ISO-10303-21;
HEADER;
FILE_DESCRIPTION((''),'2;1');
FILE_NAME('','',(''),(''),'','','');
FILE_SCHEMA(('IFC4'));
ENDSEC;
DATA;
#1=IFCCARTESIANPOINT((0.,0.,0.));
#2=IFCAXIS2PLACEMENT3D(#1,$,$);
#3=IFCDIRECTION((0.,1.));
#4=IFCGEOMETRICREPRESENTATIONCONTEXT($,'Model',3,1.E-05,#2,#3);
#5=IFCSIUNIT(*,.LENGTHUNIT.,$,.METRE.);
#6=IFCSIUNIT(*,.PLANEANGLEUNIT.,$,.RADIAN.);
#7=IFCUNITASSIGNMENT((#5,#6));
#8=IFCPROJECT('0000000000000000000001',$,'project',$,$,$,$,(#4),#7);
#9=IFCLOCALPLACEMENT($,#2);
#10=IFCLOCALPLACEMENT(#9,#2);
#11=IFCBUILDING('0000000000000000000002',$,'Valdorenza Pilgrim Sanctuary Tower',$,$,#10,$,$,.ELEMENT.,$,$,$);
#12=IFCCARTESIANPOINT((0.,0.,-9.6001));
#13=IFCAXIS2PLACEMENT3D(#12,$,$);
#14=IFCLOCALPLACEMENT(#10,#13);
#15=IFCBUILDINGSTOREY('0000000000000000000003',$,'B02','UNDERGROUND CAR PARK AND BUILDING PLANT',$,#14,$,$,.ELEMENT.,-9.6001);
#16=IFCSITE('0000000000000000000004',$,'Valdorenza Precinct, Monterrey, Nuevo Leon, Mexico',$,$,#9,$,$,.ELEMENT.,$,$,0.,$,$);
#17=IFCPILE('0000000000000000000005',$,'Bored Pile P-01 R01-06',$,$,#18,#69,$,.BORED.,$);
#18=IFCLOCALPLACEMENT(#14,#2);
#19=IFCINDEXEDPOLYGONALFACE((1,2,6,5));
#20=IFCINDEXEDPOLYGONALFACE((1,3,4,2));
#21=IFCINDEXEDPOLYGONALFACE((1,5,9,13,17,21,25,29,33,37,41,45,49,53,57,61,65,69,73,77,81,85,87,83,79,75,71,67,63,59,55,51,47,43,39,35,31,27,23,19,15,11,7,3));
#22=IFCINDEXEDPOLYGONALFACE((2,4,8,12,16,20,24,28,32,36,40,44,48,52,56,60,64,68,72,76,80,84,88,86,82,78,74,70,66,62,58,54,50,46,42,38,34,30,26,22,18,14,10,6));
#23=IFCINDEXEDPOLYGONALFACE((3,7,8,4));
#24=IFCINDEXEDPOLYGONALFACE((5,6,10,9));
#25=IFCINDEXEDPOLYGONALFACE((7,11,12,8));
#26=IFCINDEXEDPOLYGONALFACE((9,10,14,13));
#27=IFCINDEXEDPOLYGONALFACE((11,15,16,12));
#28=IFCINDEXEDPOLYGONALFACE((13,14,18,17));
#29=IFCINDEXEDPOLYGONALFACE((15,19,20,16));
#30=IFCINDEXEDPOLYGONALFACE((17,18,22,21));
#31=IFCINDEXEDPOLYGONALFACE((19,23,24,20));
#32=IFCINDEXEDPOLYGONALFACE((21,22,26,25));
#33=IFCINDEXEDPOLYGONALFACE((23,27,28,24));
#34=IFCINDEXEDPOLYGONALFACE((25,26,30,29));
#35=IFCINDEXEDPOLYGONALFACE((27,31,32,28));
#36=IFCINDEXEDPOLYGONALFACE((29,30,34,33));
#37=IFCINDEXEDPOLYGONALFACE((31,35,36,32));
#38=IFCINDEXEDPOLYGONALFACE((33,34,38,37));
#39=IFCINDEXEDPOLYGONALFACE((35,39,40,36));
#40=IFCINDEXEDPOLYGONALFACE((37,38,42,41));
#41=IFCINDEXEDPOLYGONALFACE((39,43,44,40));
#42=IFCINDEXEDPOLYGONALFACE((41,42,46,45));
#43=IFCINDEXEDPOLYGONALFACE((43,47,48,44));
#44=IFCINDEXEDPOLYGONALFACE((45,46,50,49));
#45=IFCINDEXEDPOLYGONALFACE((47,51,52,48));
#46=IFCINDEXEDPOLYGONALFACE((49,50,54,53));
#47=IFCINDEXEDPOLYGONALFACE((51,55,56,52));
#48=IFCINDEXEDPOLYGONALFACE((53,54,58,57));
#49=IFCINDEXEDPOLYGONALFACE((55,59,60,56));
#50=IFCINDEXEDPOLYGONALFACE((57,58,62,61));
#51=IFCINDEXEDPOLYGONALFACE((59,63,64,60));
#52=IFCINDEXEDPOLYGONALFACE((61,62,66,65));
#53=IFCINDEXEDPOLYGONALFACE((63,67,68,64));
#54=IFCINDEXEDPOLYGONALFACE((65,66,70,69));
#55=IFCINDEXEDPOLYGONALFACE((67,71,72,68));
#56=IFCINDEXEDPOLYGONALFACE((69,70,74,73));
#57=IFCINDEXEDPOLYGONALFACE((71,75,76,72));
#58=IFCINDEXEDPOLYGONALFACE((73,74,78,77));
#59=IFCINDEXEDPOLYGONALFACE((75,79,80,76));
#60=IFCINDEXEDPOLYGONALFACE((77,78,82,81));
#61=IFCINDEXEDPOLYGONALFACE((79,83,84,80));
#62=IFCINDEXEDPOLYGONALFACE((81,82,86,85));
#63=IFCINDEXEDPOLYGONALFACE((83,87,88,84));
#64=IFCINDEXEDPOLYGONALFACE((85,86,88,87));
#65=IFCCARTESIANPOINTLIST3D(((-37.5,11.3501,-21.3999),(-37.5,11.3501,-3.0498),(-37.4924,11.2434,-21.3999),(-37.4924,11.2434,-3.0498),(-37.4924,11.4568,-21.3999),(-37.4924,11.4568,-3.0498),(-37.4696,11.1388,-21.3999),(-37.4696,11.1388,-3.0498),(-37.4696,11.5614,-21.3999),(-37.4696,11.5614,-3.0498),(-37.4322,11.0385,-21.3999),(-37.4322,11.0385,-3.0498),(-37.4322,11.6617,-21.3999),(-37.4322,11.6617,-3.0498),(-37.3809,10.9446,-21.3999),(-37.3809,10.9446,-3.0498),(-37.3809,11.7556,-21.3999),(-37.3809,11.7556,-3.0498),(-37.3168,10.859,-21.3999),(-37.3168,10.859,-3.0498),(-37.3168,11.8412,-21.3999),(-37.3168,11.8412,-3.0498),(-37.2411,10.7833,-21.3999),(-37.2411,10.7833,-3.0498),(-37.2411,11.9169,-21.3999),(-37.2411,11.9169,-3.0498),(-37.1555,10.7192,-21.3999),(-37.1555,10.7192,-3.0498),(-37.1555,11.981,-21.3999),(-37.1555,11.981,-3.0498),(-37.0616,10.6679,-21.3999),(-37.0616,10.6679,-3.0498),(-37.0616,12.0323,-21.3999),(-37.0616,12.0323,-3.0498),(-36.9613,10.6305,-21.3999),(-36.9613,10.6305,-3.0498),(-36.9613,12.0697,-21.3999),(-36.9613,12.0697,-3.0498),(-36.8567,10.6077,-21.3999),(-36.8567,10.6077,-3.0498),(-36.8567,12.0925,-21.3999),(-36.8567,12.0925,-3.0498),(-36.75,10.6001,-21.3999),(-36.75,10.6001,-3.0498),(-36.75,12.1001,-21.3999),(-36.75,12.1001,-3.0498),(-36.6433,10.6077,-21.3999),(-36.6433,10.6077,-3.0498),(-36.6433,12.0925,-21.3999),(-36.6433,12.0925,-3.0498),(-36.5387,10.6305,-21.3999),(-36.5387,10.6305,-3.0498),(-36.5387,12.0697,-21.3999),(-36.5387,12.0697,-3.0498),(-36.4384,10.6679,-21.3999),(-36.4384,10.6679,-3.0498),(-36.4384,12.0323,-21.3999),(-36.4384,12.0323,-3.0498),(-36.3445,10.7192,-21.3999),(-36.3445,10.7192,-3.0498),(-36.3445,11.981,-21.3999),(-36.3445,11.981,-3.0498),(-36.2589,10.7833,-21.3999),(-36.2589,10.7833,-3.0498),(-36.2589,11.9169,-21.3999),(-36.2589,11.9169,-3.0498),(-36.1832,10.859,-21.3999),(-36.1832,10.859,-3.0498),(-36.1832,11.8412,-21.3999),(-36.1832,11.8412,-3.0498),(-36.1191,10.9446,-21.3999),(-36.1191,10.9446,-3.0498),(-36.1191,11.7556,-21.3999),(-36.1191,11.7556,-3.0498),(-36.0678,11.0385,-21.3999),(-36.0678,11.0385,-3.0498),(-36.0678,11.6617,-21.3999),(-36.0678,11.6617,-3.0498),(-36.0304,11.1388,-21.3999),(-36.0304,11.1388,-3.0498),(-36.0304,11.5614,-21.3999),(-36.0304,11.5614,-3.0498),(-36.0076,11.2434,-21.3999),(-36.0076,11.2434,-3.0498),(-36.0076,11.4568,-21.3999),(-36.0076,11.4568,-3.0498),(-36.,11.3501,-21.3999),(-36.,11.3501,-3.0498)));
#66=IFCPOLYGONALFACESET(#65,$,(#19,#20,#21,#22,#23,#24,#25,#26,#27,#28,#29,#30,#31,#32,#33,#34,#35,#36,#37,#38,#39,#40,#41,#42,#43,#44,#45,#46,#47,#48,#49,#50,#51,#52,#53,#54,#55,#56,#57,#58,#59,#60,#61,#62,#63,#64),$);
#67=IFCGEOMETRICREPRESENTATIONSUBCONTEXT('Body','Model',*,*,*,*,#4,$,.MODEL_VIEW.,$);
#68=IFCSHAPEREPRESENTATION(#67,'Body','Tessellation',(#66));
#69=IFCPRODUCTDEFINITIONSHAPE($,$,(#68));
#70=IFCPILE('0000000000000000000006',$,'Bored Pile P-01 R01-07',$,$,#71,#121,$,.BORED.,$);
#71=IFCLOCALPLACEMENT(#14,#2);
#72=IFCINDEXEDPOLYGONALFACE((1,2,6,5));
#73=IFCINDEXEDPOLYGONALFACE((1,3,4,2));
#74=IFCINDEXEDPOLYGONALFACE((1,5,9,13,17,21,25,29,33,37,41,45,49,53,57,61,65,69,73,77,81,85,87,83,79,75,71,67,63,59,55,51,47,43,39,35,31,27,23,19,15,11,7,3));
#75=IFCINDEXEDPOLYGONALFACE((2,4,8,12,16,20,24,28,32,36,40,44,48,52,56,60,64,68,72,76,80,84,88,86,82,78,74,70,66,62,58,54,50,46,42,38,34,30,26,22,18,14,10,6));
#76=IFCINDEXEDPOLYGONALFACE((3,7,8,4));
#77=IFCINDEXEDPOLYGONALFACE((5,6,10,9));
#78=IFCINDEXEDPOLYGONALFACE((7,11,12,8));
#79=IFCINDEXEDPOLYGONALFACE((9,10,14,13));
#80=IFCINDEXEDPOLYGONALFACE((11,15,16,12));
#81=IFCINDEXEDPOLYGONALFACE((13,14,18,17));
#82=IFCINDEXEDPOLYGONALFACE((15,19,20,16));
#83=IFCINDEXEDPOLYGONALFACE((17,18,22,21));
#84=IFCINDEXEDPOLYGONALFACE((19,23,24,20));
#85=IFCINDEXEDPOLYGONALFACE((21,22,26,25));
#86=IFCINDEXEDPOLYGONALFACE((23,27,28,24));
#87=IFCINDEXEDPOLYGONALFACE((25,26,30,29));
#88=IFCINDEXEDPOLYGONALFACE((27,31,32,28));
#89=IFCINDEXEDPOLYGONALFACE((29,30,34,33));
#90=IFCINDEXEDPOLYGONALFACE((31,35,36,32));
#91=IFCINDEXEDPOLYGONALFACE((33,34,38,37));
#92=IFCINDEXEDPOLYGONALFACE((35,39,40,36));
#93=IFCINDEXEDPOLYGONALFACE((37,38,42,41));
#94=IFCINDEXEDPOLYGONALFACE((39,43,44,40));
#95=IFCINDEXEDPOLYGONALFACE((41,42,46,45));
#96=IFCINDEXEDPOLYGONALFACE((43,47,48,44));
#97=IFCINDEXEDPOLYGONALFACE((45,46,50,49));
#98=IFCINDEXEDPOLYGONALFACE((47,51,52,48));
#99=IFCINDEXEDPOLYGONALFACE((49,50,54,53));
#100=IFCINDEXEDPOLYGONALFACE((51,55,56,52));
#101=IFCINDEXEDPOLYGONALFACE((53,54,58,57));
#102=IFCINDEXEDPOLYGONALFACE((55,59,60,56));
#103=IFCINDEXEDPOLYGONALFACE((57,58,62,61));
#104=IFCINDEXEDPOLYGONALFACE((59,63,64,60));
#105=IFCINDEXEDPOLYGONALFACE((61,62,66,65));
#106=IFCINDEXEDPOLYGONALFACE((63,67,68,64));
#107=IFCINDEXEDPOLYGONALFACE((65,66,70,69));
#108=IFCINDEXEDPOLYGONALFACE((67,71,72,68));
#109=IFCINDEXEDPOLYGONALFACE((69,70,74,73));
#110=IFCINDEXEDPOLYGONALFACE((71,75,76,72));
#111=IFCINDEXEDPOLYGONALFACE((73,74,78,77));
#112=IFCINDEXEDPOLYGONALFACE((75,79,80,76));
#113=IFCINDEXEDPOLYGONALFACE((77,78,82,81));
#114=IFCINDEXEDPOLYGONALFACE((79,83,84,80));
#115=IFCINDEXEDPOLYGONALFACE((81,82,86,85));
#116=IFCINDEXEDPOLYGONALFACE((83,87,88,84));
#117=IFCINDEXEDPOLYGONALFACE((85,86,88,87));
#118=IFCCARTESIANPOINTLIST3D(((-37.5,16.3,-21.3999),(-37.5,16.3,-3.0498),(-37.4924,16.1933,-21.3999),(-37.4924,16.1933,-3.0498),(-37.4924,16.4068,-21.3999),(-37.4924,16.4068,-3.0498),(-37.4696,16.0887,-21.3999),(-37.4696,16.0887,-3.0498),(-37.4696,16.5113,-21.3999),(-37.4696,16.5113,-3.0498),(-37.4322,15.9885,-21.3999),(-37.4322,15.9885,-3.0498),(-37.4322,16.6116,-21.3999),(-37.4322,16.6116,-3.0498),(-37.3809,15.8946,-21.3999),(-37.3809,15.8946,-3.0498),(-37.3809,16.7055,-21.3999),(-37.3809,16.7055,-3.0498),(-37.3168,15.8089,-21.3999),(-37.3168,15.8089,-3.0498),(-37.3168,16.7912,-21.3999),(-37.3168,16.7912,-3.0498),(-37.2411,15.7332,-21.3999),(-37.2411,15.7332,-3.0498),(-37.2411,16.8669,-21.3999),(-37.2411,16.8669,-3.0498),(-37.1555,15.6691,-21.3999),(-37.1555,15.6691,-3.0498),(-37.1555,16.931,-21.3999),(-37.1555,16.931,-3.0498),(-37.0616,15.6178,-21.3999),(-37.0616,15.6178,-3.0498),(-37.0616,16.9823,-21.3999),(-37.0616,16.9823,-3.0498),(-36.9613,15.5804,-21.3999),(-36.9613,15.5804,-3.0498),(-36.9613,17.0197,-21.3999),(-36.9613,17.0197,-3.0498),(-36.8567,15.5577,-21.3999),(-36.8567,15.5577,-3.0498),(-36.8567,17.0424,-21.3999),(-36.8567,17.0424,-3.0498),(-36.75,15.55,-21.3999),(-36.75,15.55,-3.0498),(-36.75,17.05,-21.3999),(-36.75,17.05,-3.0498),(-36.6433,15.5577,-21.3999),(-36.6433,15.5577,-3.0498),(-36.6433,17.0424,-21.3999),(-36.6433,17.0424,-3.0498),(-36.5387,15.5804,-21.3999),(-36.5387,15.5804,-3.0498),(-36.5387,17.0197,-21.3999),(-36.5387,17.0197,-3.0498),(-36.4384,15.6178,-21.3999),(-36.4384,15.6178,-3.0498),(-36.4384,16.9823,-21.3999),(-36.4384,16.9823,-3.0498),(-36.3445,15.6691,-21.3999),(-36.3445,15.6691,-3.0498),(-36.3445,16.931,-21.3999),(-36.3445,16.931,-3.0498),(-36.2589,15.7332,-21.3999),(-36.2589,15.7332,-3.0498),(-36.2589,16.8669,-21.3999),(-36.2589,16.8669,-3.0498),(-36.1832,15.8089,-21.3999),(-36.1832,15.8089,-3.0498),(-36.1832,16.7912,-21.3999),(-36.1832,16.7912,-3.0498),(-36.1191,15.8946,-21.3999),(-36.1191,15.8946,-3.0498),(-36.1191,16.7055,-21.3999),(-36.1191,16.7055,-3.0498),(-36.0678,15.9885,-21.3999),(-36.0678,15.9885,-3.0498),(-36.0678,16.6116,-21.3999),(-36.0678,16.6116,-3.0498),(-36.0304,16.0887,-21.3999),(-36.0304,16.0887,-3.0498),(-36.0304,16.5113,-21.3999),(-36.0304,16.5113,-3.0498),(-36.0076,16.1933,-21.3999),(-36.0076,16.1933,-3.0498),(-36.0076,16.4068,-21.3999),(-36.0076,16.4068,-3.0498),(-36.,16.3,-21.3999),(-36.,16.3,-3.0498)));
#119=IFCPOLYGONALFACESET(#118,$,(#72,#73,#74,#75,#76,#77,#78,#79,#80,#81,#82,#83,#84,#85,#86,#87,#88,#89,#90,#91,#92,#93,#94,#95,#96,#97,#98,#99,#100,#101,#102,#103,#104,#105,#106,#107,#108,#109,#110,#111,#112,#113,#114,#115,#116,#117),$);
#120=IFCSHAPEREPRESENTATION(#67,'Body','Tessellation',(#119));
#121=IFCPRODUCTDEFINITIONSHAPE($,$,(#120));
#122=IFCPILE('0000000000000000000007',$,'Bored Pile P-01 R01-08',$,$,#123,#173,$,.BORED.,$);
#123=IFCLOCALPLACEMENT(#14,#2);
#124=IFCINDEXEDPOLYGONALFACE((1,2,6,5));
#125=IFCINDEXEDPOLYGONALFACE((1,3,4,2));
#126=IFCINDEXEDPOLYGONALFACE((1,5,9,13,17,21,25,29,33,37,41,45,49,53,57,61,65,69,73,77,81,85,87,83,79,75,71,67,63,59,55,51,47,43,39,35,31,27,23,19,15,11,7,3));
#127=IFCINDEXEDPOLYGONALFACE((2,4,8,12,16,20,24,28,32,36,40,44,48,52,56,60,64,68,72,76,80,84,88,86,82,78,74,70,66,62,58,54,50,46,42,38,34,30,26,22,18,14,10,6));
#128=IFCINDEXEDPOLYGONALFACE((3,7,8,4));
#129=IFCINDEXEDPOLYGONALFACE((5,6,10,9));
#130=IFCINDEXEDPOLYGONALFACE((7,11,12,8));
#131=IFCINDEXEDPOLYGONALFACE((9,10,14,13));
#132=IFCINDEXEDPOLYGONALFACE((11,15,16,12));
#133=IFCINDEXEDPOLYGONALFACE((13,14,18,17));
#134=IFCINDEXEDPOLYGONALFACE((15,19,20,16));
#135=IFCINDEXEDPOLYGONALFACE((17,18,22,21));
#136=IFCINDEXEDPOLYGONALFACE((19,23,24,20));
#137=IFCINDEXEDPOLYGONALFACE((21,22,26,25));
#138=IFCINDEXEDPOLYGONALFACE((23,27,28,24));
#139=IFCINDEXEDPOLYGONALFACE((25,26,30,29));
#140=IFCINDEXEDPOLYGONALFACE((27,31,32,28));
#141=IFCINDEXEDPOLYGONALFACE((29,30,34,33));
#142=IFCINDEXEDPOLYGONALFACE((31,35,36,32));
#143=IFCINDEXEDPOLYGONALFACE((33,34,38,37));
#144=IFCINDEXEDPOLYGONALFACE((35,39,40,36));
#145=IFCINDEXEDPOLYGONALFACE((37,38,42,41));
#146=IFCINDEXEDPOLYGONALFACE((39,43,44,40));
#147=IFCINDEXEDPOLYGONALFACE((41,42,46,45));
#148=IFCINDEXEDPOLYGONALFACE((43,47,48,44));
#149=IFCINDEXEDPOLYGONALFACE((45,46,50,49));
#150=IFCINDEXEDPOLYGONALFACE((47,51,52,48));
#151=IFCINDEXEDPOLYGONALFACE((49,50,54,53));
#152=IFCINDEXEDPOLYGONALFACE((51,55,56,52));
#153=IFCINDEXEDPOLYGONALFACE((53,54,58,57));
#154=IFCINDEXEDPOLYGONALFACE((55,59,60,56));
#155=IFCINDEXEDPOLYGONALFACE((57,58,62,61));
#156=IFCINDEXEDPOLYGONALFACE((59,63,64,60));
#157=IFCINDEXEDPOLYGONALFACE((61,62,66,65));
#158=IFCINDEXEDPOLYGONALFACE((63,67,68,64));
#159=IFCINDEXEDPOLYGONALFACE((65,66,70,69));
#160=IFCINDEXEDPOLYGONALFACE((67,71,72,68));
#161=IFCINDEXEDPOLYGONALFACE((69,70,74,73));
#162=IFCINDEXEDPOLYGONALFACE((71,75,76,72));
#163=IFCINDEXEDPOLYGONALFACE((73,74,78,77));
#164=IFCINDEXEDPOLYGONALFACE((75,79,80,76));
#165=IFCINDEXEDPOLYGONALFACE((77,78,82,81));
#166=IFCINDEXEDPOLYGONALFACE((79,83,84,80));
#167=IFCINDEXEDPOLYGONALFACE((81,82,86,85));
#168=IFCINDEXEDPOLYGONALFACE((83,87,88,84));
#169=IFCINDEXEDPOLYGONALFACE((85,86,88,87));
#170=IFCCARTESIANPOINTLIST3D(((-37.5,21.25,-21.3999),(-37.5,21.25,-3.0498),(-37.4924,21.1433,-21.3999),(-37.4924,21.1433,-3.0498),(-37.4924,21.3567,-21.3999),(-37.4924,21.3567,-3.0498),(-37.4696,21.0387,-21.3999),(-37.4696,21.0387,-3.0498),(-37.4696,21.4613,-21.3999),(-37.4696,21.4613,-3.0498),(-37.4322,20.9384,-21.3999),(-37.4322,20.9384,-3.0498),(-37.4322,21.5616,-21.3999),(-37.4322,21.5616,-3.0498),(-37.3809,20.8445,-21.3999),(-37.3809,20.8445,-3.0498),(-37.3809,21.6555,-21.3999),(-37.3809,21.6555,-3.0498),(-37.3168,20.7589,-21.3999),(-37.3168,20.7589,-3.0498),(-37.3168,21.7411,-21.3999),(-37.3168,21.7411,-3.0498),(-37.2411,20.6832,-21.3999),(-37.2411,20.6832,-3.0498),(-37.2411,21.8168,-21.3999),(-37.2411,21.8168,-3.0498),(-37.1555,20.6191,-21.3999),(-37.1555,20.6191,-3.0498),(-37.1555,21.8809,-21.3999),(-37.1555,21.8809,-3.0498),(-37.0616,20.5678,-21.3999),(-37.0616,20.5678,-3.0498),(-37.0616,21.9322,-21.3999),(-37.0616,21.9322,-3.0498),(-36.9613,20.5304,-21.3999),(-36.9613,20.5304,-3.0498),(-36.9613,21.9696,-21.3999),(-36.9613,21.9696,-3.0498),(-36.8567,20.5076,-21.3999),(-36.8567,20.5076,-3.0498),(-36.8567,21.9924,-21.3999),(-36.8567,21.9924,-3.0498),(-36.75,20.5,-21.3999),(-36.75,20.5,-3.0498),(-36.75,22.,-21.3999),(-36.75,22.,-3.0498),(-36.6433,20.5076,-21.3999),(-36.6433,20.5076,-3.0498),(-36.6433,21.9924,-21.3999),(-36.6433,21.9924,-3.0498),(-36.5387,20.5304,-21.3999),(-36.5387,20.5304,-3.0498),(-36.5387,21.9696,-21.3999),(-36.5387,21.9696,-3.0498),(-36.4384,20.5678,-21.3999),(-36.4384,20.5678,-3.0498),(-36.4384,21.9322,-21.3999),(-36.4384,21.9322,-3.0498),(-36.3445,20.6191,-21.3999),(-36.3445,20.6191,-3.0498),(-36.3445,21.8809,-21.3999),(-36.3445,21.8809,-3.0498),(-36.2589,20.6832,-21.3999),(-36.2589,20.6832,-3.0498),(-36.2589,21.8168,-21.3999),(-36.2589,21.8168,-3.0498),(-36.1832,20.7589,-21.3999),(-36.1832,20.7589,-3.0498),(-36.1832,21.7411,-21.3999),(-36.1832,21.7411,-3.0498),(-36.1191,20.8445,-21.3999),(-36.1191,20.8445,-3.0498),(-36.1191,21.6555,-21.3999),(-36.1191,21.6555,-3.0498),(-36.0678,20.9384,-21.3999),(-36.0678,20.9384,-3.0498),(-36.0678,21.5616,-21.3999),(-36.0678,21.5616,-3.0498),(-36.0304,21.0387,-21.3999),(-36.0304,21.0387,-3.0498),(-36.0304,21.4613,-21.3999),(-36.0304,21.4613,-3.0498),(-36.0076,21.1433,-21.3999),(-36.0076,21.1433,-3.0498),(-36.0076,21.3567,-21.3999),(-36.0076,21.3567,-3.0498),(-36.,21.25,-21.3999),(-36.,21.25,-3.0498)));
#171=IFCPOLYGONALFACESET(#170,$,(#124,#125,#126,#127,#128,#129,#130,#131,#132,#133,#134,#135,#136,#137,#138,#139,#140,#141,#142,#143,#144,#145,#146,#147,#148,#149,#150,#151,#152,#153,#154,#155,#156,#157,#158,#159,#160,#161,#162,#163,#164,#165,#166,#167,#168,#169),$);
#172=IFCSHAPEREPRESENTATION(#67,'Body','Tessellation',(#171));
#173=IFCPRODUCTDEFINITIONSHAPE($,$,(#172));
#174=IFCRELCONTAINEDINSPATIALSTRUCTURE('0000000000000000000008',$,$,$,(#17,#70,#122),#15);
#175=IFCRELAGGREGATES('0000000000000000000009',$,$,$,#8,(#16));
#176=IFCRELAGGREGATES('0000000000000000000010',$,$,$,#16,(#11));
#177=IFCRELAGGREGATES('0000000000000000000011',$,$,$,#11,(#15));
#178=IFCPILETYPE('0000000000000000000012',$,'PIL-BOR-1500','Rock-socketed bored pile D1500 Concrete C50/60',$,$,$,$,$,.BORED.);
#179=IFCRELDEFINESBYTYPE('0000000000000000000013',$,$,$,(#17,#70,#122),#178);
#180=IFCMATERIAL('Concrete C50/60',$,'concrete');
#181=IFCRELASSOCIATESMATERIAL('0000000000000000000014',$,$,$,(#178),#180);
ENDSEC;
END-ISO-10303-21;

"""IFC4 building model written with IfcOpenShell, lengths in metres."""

from ifc_helpers import new_model, si_unit, direction, frame, origin, origin_2d, place, context, subcontext, project, spatial, circle, extrude, source, transform, mapped, material, material_profile, profile_set, type_object, element, save


model = new_model("IFC4")

# Units and contexts
model_context = context("Model", 3, precision=1e-05, world=origin(), true_north=direction((0.0, 1.0)))
body_context = subcontext(model_context, "Body", "Model", "MODEL_VIEW")
ifc_project = project(units=[si_unit("LENGTHUNIT", "METRE"), si_unit("PLANEANGLEUNIT", "RADIAN")], contexts=[model_context])

# Site, building, storey
site_placement = place(None, origin())
site = spatial("IfcSite", under=ifc_project, at=site_placement, Name="Valdorenza Precinct, Monterrey, Nuevo Leon, Mexico", CompositionType="ELEMENT", RefElevation=0.0)
building_placement = place(site_placement, origin())
building = spatial("IfcBuilding", under=site, at=building_placement, Name="Valdorenza Pilgrim Sanctuary Tower", CompositionType="ELEMENT")
storey_placement = place(building_placement, frame((0.0, 0.0, -9.6001)))
storey = spatial("IfcBuildingStorey", under=building, at=storey_placement, Name="B02", Description="UNDERGROUND CAR PARK AND BUILDING PLANT", CompositionType="ELEMENT", Elevation=-9.6001)

# Piles
ifc_material_1 = material(Name="Concrete C50/60", Category="concrete")
ifc_material_profile_1 = material_profile(ifc_material_1, circle(Radius=0.75, at=origin_2d()), Name="BORED PILE 1500")
ifc_profile_set_1 = profile_set([ifc_material_profile_1], Name="Concrete C50/60")
pile_type = type_object("IfcPileType", Name="PIL-BOR-1500", Description="Rock-socketed bored pile D1500 Concrete C50/60", PredefinedType="BORED", material=ifc_profile_set_1)
shared_shape_1 = source(origin(), body_context, "Body", "SweptSolid", [
    extrude(circle(Radius=0.75, at=origin_2d()), origin(), (0.0, 0.0, 1.0), 18.3501),
])
for number, where, z_axis, x_axis, name in (
    (1, (-36.75, 11.3501, -3.0498), (0.0, 0.0, -1.0), (1.0, 0.0, 0.0), "Bored Pile P-01 R01-06"),
    (2, (-36.75, 16.3, -3.0498), (0.0, 0.0, -1.0), (1.0, 0.0, 0.0), "Bored Pile P-01 R01-07"),
    (3, (-36.75, 21.25, -3.0498), (0.0, 0.0, -1.0), (1.0, 0.0, 0.0), "Bored Pile P-01 R01-08"),
):
    element("IfcPile", number, at=place(storey_placement, frame(where, z_axis=z_axis, x_axis=x_axis)), inside=storey, type_object=pile_type, Name=name, PredefinedType="BORED", context=body_context, shape_type="MappedRepresentation", body=[
        mapped(shared_shape_1, transform((0.0, 0.0, 0.0), x_axis=(1.0, 0.0, 0.0), y_axis=(0.0, 1.0, 0.0), z_axis=(0.0, 0.0, 1.0), scale=1.0)),
    ])

save(model, "model.ifc")
